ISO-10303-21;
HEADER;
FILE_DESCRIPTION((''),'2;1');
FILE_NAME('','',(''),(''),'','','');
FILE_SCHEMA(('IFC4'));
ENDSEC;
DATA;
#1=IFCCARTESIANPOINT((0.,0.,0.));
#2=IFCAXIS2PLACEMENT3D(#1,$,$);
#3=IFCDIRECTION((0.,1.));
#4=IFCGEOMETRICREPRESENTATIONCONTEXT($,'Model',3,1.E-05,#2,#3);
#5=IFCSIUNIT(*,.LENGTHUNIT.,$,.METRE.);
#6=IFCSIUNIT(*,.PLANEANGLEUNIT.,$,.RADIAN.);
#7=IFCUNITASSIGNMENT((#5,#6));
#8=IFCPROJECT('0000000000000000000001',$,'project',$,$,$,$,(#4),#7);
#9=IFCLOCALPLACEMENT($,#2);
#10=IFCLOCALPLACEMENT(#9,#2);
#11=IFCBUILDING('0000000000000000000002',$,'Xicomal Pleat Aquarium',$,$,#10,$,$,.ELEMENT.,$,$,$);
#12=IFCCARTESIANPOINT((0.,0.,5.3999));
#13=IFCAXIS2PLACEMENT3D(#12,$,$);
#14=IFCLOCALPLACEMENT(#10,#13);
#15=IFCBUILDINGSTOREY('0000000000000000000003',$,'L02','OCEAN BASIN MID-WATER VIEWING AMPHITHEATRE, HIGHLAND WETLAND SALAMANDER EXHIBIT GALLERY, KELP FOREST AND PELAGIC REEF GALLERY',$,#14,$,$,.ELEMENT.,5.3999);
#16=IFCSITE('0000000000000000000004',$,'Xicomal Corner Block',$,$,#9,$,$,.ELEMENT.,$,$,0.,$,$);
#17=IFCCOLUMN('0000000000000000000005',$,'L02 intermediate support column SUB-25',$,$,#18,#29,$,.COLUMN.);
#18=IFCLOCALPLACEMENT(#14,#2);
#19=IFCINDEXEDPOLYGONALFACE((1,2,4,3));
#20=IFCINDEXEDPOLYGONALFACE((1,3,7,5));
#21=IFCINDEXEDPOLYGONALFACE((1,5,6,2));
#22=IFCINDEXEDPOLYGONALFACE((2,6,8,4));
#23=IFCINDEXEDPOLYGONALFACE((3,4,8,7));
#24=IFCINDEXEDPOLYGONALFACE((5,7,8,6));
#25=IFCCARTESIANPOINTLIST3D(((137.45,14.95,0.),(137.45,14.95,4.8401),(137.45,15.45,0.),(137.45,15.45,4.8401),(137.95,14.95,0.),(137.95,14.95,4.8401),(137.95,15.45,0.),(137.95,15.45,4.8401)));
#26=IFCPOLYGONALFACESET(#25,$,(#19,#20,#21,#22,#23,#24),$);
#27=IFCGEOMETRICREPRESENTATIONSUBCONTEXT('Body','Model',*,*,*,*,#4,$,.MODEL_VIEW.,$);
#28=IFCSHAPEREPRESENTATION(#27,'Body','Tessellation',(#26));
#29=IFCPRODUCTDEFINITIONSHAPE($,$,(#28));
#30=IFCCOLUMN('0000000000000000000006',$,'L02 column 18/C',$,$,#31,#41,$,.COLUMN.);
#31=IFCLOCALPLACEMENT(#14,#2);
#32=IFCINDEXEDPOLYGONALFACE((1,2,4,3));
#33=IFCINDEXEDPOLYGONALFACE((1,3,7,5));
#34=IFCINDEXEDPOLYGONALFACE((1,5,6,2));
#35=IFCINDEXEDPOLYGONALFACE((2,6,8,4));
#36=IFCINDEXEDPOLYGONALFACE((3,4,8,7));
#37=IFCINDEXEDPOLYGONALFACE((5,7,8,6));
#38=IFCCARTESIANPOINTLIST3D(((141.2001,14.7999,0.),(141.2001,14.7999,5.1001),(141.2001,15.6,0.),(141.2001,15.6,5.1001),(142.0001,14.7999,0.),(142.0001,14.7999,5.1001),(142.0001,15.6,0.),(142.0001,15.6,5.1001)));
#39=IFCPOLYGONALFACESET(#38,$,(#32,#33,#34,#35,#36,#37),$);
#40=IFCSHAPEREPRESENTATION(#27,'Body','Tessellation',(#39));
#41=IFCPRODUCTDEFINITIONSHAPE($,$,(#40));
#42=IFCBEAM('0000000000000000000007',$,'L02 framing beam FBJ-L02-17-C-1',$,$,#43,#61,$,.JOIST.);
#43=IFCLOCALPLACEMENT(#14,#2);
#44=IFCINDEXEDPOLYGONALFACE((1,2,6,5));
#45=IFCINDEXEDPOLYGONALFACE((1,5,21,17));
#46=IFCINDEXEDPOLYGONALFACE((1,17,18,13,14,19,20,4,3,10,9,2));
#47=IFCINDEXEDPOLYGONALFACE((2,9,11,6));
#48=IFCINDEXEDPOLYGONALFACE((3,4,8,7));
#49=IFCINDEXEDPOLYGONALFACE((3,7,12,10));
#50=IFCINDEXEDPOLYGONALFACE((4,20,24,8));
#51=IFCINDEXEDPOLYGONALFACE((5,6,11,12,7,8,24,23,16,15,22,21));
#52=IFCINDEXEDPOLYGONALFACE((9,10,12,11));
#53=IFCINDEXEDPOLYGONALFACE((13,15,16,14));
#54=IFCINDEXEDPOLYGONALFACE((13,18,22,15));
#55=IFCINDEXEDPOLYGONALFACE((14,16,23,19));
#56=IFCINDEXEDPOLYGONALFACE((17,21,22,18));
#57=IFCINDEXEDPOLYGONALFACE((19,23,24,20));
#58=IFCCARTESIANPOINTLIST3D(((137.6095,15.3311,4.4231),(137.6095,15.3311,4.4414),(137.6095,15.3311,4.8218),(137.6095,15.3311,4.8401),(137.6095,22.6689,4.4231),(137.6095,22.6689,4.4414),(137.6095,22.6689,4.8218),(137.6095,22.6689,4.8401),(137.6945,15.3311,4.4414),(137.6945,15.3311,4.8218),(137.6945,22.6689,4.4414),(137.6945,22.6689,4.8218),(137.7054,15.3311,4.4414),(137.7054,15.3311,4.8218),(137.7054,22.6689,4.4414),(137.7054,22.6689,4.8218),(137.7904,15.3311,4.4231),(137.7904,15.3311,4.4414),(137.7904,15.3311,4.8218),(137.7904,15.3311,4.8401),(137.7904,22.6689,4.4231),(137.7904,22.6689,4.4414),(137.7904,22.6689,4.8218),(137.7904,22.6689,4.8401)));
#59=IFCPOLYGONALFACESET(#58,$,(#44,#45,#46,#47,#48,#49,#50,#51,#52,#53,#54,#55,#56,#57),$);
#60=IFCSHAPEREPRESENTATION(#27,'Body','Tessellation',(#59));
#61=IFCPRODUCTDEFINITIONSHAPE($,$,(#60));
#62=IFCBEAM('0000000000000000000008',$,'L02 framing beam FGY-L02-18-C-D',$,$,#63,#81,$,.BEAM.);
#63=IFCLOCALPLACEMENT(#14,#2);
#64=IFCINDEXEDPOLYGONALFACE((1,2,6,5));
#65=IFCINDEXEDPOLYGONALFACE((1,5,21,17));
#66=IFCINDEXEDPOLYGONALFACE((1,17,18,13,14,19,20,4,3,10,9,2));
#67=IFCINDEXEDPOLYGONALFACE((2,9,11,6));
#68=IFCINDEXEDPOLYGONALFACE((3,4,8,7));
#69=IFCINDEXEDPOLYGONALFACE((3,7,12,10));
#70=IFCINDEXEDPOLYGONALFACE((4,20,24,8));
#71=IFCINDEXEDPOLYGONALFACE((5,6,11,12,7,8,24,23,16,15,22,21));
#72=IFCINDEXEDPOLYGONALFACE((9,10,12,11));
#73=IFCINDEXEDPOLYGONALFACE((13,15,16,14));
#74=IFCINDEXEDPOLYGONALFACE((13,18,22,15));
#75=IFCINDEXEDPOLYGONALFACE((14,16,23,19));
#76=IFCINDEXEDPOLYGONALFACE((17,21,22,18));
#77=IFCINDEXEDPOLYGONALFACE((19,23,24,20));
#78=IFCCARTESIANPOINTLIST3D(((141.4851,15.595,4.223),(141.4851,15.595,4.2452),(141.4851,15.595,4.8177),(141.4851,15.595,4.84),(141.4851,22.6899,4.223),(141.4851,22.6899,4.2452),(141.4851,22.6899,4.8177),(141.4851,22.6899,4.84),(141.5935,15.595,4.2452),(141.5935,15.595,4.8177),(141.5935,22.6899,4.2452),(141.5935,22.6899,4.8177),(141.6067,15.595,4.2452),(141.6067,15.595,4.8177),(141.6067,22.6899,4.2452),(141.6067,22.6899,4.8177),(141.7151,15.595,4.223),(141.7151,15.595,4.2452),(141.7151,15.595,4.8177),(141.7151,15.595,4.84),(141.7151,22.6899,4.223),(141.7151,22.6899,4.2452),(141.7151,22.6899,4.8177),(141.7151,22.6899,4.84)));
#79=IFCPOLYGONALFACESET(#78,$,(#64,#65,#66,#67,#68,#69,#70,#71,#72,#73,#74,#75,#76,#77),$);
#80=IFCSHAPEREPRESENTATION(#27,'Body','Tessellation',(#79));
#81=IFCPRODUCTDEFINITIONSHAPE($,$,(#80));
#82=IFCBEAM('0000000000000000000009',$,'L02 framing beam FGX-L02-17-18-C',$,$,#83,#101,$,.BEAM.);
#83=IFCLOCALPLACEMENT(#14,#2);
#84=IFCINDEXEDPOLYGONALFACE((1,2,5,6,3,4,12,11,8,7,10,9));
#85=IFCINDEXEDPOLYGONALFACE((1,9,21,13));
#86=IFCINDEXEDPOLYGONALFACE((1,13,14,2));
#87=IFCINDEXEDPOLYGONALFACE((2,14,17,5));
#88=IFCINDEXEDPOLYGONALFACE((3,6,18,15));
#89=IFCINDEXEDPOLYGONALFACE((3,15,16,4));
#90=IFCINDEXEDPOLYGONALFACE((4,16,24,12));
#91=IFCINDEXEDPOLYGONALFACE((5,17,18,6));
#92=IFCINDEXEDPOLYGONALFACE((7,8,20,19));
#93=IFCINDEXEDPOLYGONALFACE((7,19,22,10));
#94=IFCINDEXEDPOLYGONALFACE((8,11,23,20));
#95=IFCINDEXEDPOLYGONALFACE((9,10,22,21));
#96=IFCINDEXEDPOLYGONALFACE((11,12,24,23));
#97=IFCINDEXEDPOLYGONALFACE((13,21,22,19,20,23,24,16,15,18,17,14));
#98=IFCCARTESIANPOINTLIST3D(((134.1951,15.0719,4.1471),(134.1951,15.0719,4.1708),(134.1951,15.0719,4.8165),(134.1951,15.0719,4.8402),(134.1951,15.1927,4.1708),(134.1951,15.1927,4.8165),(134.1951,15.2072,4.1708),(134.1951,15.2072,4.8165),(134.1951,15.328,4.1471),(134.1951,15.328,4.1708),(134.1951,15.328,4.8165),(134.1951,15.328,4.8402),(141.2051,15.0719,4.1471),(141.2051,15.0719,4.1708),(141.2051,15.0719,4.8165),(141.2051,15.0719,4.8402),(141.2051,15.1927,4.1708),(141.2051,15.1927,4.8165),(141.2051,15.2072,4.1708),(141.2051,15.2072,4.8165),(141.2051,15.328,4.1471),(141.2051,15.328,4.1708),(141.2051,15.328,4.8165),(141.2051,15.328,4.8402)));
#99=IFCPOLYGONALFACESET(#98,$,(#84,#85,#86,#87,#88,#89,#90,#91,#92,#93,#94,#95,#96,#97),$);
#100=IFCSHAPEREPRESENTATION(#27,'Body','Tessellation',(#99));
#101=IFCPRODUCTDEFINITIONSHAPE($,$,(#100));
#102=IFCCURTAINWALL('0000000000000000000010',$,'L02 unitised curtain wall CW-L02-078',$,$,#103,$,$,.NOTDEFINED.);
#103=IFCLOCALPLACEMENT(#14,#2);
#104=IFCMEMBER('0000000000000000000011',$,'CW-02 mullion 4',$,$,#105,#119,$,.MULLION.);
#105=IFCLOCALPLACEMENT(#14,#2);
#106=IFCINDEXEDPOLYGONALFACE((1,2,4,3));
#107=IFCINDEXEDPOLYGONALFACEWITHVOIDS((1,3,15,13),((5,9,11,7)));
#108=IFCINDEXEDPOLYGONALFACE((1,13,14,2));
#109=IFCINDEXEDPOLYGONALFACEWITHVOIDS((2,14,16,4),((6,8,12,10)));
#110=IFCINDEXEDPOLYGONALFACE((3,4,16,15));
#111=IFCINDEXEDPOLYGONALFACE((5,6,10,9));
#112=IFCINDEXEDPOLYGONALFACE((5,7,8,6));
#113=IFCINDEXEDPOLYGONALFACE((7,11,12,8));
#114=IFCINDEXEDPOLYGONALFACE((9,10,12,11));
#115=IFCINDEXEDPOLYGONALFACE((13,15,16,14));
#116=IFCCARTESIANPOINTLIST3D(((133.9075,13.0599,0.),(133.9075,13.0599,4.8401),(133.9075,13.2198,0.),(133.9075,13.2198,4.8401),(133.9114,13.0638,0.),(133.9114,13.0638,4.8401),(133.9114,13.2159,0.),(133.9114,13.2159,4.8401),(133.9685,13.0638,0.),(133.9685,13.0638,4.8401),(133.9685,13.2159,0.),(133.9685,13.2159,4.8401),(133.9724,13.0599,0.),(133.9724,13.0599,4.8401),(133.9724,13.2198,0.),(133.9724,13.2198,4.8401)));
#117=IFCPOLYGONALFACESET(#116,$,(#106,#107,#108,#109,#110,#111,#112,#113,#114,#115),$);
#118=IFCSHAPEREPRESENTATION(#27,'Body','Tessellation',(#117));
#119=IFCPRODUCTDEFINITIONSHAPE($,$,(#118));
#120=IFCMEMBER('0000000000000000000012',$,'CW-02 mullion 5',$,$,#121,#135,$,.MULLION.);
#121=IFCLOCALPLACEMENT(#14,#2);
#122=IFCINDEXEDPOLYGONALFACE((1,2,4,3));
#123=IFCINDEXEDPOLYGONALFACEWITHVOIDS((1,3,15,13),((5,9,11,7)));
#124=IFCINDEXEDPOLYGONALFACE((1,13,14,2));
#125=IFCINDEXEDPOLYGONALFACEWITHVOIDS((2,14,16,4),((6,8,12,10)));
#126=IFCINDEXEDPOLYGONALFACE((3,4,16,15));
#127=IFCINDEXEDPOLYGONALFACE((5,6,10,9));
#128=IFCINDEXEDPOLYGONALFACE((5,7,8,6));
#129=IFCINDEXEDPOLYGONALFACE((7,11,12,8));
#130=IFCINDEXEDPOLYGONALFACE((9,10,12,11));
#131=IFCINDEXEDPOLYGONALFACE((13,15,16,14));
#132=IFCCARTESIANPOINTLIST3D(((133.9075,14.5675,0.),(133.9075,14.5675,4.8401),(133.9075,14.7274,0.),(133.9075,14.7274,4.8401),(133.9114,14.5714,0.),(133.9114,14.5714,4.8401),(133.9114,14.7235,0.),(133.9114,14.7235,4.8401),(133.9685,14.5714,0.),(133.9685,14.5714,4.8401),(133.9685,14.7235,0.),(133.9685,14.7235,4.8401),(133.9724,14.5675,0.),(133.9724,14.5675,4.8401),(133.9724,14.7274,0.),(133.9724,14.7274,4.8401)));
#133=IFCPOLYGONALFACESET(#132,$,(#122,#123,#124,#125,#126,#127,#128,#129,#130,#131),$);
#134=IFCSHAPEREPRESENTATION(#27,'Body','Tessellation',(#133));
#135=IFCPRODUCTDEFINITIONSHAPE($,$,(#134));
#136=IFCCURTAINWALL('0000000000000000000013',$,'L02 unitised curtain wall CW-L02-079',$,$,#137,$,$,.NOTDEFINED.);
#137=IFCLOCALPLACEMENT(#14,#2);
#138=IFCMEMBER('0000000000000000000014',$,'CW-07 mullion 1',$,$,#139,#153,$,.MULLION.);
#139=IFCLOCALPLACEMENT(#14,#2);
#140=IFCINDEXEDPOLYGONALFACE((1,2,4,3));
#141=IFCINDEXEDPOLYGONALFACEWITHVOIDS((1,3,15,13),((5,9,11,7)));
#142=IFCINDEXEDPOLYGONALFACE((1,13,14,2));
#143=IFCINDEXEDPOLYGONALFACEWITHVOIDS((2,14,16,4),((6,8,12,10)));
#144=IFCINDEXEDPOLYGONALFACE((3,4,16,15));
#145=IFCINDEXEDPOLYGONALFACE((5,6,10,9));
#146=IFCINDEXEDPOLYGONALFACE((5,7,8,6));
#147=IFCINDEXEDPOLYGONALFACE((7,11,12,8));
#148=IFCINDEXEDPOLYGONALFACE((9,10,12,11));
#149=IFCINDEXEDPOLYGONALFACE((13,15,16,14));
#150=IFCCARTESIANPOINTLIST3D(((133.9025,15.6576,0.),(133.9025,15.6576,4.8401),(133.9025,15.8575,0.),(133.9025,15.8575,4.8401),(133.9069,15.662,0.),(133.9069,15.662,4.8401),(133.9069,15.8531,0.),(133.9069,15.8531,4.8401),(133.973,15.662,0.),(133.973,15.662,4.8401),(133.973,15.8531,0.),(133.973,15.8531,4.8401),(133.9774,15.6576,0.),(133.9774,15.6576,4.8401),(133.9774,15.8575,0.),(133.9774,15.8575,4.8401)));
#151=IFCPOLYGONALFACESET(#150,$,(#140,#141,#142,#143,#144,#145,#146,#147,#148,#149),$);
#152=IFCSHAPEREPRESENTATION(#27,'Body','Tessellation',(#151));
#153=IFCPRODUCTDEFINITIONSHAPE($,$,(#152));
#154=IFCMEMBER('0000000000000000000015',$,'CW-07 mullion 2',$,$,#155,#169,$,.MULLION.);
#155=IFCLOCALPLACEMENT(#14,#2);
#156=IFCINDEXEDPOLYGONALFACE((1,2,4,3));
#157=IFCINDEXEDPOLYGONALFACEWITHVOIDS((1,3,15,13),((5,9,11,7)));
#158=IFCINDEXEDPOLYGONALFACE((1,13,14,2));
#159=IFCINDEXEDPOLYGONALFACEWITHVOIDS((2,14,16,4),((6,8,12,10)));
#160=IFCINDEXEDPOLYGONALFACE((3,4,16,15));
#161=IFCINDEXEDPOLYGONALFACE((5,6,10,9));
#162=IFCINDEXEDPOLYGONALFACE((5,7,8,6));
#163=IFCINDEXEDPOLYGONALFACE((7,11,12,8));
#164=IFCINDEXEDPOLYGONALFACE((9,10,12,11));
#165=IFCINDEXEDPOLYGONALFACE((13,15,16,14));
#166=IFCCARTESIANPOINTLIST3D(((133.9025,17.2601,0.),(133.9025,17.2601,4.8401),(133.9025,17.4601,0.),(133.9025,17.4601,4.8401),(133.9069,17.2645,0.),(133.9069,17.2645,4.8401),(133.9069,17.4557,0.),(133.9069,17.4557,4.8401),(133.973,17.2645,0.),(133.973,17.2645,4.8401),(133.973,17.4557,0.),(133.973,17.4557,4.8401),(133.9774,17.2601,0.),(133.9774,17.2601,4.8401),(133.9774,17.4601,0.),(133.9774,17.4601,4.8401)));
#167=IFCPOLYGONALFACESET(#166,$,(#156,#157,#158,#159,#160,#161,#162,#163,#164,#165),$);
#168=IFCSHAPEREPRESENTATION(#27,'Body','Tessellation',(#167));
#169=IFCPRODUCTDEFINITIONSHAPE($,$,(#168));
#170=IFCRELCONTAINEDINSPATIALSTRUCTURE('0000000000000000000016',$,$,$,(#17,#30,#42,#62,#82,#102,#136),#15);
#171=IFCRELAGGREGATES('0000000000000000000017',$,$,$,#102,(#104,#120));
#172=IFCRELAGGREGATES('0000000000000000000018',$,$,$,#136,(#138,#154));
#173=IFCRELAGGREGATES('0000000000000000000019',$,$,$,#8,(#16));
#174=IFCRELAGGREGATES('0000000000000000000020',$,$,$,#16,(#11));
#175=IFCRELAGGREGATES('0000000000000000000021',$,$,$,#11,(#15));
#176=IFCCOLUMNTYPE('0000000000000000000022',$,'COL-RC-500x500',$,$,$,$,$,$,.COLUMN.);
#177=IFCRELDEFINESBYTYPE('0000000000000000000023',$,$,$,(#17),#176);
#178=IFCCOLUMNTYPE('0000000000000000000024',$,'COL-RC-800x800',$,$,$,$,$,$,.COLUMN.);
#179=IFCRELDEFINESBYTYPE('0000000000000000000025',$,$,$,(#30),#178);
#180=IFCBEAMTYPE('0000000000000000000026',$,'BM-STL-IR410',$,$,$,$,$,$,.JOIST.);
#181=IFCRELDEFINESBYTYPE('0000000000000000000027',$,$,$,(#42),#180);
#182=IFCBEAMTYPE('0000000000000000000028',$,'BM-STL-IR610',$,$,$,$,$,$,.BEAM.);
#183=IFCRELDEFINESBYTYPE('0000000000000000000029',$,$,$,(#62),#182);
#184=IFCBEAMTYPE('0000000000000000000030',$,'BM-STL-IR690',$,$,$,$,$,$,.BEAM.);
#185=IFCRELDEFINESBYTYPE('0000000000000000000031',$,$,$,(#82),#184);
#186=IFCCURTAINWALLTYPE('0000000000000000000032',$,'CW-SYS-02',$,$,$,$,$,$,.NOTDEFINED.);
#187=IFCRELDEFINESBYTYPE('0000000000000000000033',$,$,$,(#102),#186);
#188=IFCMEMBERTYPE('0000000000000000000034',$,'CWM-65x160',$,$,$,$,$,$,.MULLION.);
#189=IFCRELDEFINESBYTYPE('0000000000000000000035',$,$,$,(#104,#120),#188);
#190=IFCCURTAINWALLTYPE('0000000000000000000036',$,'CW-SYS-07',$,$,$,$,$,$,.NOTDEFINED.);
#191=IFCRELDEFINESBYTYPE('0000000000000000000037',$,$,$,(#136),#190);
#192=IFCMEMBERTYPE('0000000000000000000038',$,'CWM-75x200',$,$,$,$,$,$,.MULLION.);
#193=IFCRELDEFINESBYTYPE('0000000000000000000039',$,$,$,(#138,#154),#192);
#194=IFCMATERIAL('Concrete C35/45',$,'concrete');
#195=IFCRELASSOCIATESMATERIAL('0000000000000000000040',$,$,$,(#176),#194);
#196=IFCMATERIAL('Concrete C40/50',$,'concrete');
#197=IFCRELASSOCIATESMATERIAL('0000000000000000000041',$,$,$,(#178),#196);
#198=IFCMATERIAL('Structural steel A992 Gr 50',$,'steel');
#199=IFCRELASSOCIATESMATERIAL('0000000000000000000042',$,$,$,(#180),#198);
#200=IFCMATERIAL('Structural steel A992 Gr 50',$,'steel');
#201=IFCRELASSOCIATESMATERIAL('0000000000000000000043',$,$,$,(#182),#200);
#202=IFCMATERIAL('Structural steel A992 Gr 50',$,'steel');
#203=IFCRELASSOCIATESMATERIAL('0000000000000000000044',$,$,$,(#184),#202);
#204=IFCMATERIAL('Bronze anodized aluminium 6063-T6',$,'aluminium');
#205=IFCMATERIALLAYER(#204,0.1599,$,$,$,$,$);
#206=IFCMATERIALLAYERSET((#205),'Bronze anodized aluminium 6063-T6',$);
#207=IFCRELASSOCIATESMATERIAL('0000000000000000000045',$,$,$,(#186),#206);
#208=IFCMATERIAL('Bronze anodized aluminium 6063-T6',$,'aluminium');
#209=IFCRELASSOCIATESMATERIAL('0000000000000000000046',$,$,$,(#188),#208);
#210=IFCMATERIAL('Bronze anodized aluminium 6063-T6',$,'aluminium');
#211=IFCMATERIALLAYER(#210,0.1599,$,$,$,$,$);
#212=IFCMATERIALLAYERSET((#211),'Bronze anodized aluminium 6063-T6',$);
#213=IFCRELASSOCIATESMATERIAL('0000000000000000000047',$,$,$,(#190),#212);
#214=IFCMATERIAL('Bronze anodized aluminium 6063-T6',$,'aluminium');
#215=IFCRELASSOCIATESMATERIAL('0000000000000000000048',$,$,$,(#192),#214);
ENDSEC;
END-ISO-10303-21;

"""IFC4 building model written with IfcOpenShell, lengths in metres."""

from ifc_helpers import new_model, si_unit, direction, frame, origin, origin_2d, place, context, subcontext, project, spatial, rectangle, hollow_rectangle, i_section, extrude, material, layer, layer_set, material_profile, profile_set, type_object, element, aggregate, save


model = new_model("IFC4")

# Units and contexts
model_context = context("Model", 3, precision=1e-05, world=origin(), true_north=direction((0.0, 1.0)))
body_context = subcontext(model_context, "Body", "Model", "MODEL_VIEW")
ifc_project = project(units=[si_unit("LENGTHUNIT", "METRE"), si_unit("PLANEANGLEUNIT", "RADIAN")], contexts=[model_context])

# Site, building, storey
site_placement = place(None, origin())
site = spatial("IfcSite", under=ifc_project, at=site_placement, Name="Xicomal Corner Block", CompositionType="ELEMENT", RefElevation=0.0)
building_placement = place(site_placement, origin())
building = spatial("IfcBuilding", under=site, at=building_placement, Name="Xicomal Pleat Aquarium", CompositionType="ELEMENT")
storey_placement = place(building_placement, frame((0.0, 0.0, 5.3999)))
storey = spatial("IfcBuildingStorey", under=building, at=storey_placement, Name="L02", Description="OCEAN BASIN MID-WATER VIEWING AMPHITHEATRE, HIGHLAND WETLAND SALAMANDER EXHIBIT GALLERY, KELP FOREST AND PELAGIC REEF GALLERY", CompositionType="ELEMENT", Elevation=5.3999)

# Columns
ifc_material_1 = material(Name="Concrete C35/45", Category="concrete")
ifc_material_profile_1 = material_profile(ifc_material_1, rectangle(XDim=0.5, YDim=0.5, at=origin_2d()), Name="RC 500x500")
ifc_profile_set_1 = profile_set([ifc_material_profile_1], Name="Concrete C35/45")
column_type_1 = type_object("IfcColumnType", Name="COL-RC-500x500", PredefinedType="COLUMN", material=ifc_profile_set_1)
column_1_placement = place(storey_placement, frame((137.7, 15.2, 0.0), z_axis=(0.0, 0.0, 1.0), x_axis=(1.0, 0.0, 0.0)))
element("IfcColumn", 1, at=column_1_placement, inside=storey, type_object=column_type_1, Name="L02 intermediate support column SUB-25", PredefinedType="COLUMN", context=body_context, shape_type="SweptSolid", body=[
    extrude(rectangle(XDim=0.5, YDim=0.5, at=origin_2d()), origin(), (0.0, 0.0, 1.0), 4.8401),
])
ifc_material_2 = material(Name="Concrete C40/50", Category="concrete")
ifc_material_profile_2 = material_profile(ifc_material_2, rectangle(XDim=0.8, YDim=0.8, at=origin_2d()), Name="RC 800x800")
ifc_profile_set_2 = profile_set([ifc_material_profile_2], Name="Concrete C40/50")
column_type_2 = type_object("IfcColumnType", Name="COL-RC-800x800", PredefinedType="COLUMN", material=ifc_profile_set_2)
column_2_placement = place(storey_placement, frame((141.6001, 15.2, 0.0), z_axis=(0.0, 0.0, 1.0), x_axis=(1.0, 0.0, 0.0)))
element("IfcColumn", 2, at=column_2_placement, inside=storey, type_object=column_type_2, Name="L02 column 18/C", PredefinedType="COLUMN", context=body_context, shape_type="SweptSolid", body=[
    extrude(rectangle(XDim=0.8, YDim=0.8, at=origin_2d()), origin(), (0.0, 0.0, 1.0), 5.1001),
])

# Beams
ifc_material_3 = material(Name="Structural steel A992 Gr 50", Category="steel")
ifc_material_profile_3 = material_profile(ifc_material_3, i_section(OverallWidth=0.1809, OverallDepth=0.417, WebThickness=0.011, FlangeThickness=0.0183, at=origin_2d()), Name="IR 410x85")
ifc_profile_set_3 = profile_set([ifc_material_profile_3], Name="Structural steel A992 Gr 50")
beam_type_1 = type_object("IfcBeamType", Name="BM-STL-IR410", PredefinedType="JOIST", material=ifc_profile_set_3)
beam_1_placement = place(storey_placement, frame((137.7, 15.3311, 4.6316), z_axis=(0.0, 1.0, 0.0), x_axis=(-1.0, 0.0, 0.0)))
element("IfcBeam", 3, at=beam_1_placement, inside=storey, type_object=beam_type_1, Name="L02 framing beam FBJ-L02-17-C-1", PredefinedType="JOIST", context=body_context, shape_type="SweptSolid", body=[
    extrude(i_section(OverallWidth=0.1809, OverallDepth=0.417, WebThickness=0.011, FlangeThickness=0.0183, at=origin_2d()), origin(), (0.0, 0.0, 1.0), 7.3379),
])
ifc_material_4 = material(Name="Structural steel A992 Gr 50", Category="steel")
ifc_material_profile_4 = material_profile(ifc_material_4, i_section(OverallWidth=0.23, OverallDepth=0.6169, WebThickness=0.0132, FlangeThickness=0.0222, at=origin_2d()), Name="IR 610x140")
ifc_profile_set_4 = profile_set([ifc_material_profile_4], Name="Structural steel A992 Gr 50")
beam_type_2 = type_object("IfcBeamType", Name="BM-STL-IR610", PredefinedType="BEAM", material=ifc_profile_set_4)
beam_2_placement = place(storey_placement, frame((141.6001, 15.595, 4.5315), z_axis=(0.0, 1.0, 0.0), x_axis=(-1.0, 0.0, 0.0)))
element("IfcBeam", 4, at=beam_2_placement, inside=storey, type_object=beam_type_2, Name="L02 framing beam FGY-L02-18-C-D", PredefinedType="BEAM", context=body_context, shape_type="SweptSolid", body=[
    extrude(i_section(OverallWidth=0.23, OverallDepth=0.6169, WebThickness=0.0132, FlangeThickness=0.0222, at=origin_2d()), origin(), (0.0, 0.0, 1.0), 7.095),
])
ifc_material_5 = material(Name="Structural steel A992 Gr 50", Category="steel")
ifc_material_profile_5 = material_profile(ifc_material_5, i_section(OverallWidth=0.2561, OverallDepth=0.6931, WebThickness=0.0144, FlangeThickness=0.0237, at=origin_2d()), Name="IR 690x170")
ifc_profile_set_5 = profile_set([ifc_material_profile_5], Name="Structural steel A992 Gr 50")
beam_type_3 = type_object("IfcBeamType", Name="BM-STL-IR690", PredefinedType="BEAM", material=ifc_profile_set_5)
beam_3_placement = place(storey_placement, frame((134.1951, 15.2, 4.4937), z_axis=(1.0, 0.0, 0.0), x_axis=(0.0, 1.0, 0.0)))
element("IfcBeam", 5, at=beam_3_placement, inside=storey, type_object=beam_type_3, Name="L02 framing beam FGX-L02-17-18-C", PredefinedType="BEAM", context=body_context, shape_type="SweptSolid", body=[
    extrude(i_section(OverallWidth=0.2561, OverallDepth=0.6931, WebThickness=0.0144, FlangeThickness=0.0237, at=origin_2d()), origin(), (0.0, 0.0, 1.0), 7.01),
])

# Curtain walls, members
ifc_material_6 = material(Name="Bronze anodized aluminium 6063-T6", Category="aluminium")
ifc_layer_1 = layer(ifc_material_6, 0.1599)
ifc_layer_set_1 = layer_set([ifc_layer_1], Name="Bronze anodized aluminium 6063-T6")
curtain_wall_type_1 = type_object("IfcCurtainWallType", Name="CW-SYS-02", PredefinedType="NOTDEFINED", material=ifc_layer_set_1)
curtain_wall_1_placement = place(storey_placement, origin())
curtain_wall_1 = element("IfcCurtainWall", 6, at=curtain_wall_1_placement, inside=storey, type_object=curtain_wall_type_1, Name="L02 unitised curtain wall CW-L02-078", PredefinedType="NOTDEFINED")
ifc_material_7 = material(Name="Bronze anodized aluminium 6063-T6", Category="aluminium")
ifc_material_profile_6 = material_profile(ifc_material_7, hollow_rectangle(XDim=0.0649, YDim=0.1599, WallThickness=0.0039, at=origin_2d()), Name="ALU MULL 65x160")
ifc_profile_set_6 = profile_set([ifc_material_profile_6], Name="Bronze anodized aluminium 6063-T6")
member_type_1 = type_object("IfcMemberType", Name="CWM-65x160", PredefinedType="MULLION", material=ifc_profile_set_6)
member_1_placement = place(storey_placement, frame((133.9399, 13.1399, 0.0), z_axis=(0.0, 0.0, 1.0), x_axis=(-1.0, 0.0, 0.0)))
member_1 = element("IfcMember", 7, at=member_1_placement, type_object=member_type_1, Name="CW-02 mullion 4", PredefinedType="MULLION", context=body_context, shape_type="SweptSolid", body=[
    extrude(hollow_rectangle(XDim=0.0649, YDim=0.1599, WallThickness=0.0039, at=origin_2d()), origin(), (0.0, 0.0, 1.0), 4.8401),
])
member_2_placement = place(storey_placement, frame((133.9399, 14.6475, 0.0), z_axis=(0.0, 0.0, 1.0), x_axis=(-1.0, 0.0, 0.0)))
member_2 = element("IfcMember", 8, at=member_2_placement, type_object=member_type_1, Name="CW-02 mullion 5", PredefinedType="MULLION", context=body_context, shape_type="SweptSolid", body=[
    extrude(hollow_rectangle(XDim=0.0649, YDim=0.1599, WallThickness=0.0039, at=origin_2d()), origin(), (0.0, 0.0, 1.0), 4.8401),
])
ifc_material_8 = material(Name="Bronze anodized aluminium 6063-T6", Category="aluminium")
ifc_layer_2 = layer(ifc_material_8, 0.1599)
ifc_layer_set_2 = layer_set([ifc_layer_2], Name="Bronze anodized aluminium 6063-T6")
curtain_wall_type_2 = type_object("IfcCurtainWallType", Name="CW-SYS-07", PredefinedType="NOTDEFINED", material=ifc_layer_set_2)
curtain_wall_2_placement = place(storey_placement, origin())
curtain_wall_2 = element("IfcCurtainWall", 9, at=curtain_wall_2_placement, inside=storey, type_object=curtain_wall_type_2, Name="L02 unitised curtain wall CW-L02-079", PredefinedType="NOTDEFINED")
ifc_material_9 = material(Name="Bronze anodized aluminium 6063-T6", Category="aluminium")
ifc_material_profile_7 = material_profile(ifc_material_9, hollow_rectangle(XDim=0.075, YDim=0.2, WallThickness=0.0044, at=origin_2d()), Name="ALU MULL 75x200")
ifc_profile_set_7 = profile_set([ifc_material_profile_7], Name="Bronze anodized aluminium 6063-T6")
member_type_2 = type_object("IfcMemberType", Name="CWM-75x200", PredefinedType="MULLION", material=ifc_profile_set_7)
member_3_placement = place(storey_placement, frame((133.9399, 15.7576, 0.0), z_axis=(0.0, 0.0, 1.0), x_axis=(-1.0, 0.0, 0.0)))
member_3 = element("IfcMember", 10, at=member_3_placement, type_object=member_type_2, Name="CW-07 mullion 1", PredefinedType="MULLION", context=body_context, shape_type="SweptSolid", body=[
    extrude(hollow_rectangle(XDim=0.075, YDim=0.2, WallThickness=0.0044, at=origin_2d()), origin(), (0.0, 0.0, 1.0), 4.8401),
])
member_4_placement = place(storey_placement, frame((133.9399, 17.3601, 0.0), z_axis=(0.0, 0.0, 1.0), x_axis=(-1.0, 0.0, 0.0)))
member_4 = element("IfcMember", 11, at=member_4_placement, type_object=member_type_2, Name="CW-07 mullion 2", PredefinedType="MULLION", context=body_context, shape_type="SweptSolid", body=[
    extrude(hollow_rectangle(XDim=0.075, YDim=0.2, WallThickness=0.0044, at=origin_2d()), origin(), (0.0, 0.0, 1.0), 4.8401),
])

aggregate(curtain_wall_1, [member_1, member_2])
aggregate(curtain_wall_2, [member_3, member_4])

save(model, "model.ifc")
